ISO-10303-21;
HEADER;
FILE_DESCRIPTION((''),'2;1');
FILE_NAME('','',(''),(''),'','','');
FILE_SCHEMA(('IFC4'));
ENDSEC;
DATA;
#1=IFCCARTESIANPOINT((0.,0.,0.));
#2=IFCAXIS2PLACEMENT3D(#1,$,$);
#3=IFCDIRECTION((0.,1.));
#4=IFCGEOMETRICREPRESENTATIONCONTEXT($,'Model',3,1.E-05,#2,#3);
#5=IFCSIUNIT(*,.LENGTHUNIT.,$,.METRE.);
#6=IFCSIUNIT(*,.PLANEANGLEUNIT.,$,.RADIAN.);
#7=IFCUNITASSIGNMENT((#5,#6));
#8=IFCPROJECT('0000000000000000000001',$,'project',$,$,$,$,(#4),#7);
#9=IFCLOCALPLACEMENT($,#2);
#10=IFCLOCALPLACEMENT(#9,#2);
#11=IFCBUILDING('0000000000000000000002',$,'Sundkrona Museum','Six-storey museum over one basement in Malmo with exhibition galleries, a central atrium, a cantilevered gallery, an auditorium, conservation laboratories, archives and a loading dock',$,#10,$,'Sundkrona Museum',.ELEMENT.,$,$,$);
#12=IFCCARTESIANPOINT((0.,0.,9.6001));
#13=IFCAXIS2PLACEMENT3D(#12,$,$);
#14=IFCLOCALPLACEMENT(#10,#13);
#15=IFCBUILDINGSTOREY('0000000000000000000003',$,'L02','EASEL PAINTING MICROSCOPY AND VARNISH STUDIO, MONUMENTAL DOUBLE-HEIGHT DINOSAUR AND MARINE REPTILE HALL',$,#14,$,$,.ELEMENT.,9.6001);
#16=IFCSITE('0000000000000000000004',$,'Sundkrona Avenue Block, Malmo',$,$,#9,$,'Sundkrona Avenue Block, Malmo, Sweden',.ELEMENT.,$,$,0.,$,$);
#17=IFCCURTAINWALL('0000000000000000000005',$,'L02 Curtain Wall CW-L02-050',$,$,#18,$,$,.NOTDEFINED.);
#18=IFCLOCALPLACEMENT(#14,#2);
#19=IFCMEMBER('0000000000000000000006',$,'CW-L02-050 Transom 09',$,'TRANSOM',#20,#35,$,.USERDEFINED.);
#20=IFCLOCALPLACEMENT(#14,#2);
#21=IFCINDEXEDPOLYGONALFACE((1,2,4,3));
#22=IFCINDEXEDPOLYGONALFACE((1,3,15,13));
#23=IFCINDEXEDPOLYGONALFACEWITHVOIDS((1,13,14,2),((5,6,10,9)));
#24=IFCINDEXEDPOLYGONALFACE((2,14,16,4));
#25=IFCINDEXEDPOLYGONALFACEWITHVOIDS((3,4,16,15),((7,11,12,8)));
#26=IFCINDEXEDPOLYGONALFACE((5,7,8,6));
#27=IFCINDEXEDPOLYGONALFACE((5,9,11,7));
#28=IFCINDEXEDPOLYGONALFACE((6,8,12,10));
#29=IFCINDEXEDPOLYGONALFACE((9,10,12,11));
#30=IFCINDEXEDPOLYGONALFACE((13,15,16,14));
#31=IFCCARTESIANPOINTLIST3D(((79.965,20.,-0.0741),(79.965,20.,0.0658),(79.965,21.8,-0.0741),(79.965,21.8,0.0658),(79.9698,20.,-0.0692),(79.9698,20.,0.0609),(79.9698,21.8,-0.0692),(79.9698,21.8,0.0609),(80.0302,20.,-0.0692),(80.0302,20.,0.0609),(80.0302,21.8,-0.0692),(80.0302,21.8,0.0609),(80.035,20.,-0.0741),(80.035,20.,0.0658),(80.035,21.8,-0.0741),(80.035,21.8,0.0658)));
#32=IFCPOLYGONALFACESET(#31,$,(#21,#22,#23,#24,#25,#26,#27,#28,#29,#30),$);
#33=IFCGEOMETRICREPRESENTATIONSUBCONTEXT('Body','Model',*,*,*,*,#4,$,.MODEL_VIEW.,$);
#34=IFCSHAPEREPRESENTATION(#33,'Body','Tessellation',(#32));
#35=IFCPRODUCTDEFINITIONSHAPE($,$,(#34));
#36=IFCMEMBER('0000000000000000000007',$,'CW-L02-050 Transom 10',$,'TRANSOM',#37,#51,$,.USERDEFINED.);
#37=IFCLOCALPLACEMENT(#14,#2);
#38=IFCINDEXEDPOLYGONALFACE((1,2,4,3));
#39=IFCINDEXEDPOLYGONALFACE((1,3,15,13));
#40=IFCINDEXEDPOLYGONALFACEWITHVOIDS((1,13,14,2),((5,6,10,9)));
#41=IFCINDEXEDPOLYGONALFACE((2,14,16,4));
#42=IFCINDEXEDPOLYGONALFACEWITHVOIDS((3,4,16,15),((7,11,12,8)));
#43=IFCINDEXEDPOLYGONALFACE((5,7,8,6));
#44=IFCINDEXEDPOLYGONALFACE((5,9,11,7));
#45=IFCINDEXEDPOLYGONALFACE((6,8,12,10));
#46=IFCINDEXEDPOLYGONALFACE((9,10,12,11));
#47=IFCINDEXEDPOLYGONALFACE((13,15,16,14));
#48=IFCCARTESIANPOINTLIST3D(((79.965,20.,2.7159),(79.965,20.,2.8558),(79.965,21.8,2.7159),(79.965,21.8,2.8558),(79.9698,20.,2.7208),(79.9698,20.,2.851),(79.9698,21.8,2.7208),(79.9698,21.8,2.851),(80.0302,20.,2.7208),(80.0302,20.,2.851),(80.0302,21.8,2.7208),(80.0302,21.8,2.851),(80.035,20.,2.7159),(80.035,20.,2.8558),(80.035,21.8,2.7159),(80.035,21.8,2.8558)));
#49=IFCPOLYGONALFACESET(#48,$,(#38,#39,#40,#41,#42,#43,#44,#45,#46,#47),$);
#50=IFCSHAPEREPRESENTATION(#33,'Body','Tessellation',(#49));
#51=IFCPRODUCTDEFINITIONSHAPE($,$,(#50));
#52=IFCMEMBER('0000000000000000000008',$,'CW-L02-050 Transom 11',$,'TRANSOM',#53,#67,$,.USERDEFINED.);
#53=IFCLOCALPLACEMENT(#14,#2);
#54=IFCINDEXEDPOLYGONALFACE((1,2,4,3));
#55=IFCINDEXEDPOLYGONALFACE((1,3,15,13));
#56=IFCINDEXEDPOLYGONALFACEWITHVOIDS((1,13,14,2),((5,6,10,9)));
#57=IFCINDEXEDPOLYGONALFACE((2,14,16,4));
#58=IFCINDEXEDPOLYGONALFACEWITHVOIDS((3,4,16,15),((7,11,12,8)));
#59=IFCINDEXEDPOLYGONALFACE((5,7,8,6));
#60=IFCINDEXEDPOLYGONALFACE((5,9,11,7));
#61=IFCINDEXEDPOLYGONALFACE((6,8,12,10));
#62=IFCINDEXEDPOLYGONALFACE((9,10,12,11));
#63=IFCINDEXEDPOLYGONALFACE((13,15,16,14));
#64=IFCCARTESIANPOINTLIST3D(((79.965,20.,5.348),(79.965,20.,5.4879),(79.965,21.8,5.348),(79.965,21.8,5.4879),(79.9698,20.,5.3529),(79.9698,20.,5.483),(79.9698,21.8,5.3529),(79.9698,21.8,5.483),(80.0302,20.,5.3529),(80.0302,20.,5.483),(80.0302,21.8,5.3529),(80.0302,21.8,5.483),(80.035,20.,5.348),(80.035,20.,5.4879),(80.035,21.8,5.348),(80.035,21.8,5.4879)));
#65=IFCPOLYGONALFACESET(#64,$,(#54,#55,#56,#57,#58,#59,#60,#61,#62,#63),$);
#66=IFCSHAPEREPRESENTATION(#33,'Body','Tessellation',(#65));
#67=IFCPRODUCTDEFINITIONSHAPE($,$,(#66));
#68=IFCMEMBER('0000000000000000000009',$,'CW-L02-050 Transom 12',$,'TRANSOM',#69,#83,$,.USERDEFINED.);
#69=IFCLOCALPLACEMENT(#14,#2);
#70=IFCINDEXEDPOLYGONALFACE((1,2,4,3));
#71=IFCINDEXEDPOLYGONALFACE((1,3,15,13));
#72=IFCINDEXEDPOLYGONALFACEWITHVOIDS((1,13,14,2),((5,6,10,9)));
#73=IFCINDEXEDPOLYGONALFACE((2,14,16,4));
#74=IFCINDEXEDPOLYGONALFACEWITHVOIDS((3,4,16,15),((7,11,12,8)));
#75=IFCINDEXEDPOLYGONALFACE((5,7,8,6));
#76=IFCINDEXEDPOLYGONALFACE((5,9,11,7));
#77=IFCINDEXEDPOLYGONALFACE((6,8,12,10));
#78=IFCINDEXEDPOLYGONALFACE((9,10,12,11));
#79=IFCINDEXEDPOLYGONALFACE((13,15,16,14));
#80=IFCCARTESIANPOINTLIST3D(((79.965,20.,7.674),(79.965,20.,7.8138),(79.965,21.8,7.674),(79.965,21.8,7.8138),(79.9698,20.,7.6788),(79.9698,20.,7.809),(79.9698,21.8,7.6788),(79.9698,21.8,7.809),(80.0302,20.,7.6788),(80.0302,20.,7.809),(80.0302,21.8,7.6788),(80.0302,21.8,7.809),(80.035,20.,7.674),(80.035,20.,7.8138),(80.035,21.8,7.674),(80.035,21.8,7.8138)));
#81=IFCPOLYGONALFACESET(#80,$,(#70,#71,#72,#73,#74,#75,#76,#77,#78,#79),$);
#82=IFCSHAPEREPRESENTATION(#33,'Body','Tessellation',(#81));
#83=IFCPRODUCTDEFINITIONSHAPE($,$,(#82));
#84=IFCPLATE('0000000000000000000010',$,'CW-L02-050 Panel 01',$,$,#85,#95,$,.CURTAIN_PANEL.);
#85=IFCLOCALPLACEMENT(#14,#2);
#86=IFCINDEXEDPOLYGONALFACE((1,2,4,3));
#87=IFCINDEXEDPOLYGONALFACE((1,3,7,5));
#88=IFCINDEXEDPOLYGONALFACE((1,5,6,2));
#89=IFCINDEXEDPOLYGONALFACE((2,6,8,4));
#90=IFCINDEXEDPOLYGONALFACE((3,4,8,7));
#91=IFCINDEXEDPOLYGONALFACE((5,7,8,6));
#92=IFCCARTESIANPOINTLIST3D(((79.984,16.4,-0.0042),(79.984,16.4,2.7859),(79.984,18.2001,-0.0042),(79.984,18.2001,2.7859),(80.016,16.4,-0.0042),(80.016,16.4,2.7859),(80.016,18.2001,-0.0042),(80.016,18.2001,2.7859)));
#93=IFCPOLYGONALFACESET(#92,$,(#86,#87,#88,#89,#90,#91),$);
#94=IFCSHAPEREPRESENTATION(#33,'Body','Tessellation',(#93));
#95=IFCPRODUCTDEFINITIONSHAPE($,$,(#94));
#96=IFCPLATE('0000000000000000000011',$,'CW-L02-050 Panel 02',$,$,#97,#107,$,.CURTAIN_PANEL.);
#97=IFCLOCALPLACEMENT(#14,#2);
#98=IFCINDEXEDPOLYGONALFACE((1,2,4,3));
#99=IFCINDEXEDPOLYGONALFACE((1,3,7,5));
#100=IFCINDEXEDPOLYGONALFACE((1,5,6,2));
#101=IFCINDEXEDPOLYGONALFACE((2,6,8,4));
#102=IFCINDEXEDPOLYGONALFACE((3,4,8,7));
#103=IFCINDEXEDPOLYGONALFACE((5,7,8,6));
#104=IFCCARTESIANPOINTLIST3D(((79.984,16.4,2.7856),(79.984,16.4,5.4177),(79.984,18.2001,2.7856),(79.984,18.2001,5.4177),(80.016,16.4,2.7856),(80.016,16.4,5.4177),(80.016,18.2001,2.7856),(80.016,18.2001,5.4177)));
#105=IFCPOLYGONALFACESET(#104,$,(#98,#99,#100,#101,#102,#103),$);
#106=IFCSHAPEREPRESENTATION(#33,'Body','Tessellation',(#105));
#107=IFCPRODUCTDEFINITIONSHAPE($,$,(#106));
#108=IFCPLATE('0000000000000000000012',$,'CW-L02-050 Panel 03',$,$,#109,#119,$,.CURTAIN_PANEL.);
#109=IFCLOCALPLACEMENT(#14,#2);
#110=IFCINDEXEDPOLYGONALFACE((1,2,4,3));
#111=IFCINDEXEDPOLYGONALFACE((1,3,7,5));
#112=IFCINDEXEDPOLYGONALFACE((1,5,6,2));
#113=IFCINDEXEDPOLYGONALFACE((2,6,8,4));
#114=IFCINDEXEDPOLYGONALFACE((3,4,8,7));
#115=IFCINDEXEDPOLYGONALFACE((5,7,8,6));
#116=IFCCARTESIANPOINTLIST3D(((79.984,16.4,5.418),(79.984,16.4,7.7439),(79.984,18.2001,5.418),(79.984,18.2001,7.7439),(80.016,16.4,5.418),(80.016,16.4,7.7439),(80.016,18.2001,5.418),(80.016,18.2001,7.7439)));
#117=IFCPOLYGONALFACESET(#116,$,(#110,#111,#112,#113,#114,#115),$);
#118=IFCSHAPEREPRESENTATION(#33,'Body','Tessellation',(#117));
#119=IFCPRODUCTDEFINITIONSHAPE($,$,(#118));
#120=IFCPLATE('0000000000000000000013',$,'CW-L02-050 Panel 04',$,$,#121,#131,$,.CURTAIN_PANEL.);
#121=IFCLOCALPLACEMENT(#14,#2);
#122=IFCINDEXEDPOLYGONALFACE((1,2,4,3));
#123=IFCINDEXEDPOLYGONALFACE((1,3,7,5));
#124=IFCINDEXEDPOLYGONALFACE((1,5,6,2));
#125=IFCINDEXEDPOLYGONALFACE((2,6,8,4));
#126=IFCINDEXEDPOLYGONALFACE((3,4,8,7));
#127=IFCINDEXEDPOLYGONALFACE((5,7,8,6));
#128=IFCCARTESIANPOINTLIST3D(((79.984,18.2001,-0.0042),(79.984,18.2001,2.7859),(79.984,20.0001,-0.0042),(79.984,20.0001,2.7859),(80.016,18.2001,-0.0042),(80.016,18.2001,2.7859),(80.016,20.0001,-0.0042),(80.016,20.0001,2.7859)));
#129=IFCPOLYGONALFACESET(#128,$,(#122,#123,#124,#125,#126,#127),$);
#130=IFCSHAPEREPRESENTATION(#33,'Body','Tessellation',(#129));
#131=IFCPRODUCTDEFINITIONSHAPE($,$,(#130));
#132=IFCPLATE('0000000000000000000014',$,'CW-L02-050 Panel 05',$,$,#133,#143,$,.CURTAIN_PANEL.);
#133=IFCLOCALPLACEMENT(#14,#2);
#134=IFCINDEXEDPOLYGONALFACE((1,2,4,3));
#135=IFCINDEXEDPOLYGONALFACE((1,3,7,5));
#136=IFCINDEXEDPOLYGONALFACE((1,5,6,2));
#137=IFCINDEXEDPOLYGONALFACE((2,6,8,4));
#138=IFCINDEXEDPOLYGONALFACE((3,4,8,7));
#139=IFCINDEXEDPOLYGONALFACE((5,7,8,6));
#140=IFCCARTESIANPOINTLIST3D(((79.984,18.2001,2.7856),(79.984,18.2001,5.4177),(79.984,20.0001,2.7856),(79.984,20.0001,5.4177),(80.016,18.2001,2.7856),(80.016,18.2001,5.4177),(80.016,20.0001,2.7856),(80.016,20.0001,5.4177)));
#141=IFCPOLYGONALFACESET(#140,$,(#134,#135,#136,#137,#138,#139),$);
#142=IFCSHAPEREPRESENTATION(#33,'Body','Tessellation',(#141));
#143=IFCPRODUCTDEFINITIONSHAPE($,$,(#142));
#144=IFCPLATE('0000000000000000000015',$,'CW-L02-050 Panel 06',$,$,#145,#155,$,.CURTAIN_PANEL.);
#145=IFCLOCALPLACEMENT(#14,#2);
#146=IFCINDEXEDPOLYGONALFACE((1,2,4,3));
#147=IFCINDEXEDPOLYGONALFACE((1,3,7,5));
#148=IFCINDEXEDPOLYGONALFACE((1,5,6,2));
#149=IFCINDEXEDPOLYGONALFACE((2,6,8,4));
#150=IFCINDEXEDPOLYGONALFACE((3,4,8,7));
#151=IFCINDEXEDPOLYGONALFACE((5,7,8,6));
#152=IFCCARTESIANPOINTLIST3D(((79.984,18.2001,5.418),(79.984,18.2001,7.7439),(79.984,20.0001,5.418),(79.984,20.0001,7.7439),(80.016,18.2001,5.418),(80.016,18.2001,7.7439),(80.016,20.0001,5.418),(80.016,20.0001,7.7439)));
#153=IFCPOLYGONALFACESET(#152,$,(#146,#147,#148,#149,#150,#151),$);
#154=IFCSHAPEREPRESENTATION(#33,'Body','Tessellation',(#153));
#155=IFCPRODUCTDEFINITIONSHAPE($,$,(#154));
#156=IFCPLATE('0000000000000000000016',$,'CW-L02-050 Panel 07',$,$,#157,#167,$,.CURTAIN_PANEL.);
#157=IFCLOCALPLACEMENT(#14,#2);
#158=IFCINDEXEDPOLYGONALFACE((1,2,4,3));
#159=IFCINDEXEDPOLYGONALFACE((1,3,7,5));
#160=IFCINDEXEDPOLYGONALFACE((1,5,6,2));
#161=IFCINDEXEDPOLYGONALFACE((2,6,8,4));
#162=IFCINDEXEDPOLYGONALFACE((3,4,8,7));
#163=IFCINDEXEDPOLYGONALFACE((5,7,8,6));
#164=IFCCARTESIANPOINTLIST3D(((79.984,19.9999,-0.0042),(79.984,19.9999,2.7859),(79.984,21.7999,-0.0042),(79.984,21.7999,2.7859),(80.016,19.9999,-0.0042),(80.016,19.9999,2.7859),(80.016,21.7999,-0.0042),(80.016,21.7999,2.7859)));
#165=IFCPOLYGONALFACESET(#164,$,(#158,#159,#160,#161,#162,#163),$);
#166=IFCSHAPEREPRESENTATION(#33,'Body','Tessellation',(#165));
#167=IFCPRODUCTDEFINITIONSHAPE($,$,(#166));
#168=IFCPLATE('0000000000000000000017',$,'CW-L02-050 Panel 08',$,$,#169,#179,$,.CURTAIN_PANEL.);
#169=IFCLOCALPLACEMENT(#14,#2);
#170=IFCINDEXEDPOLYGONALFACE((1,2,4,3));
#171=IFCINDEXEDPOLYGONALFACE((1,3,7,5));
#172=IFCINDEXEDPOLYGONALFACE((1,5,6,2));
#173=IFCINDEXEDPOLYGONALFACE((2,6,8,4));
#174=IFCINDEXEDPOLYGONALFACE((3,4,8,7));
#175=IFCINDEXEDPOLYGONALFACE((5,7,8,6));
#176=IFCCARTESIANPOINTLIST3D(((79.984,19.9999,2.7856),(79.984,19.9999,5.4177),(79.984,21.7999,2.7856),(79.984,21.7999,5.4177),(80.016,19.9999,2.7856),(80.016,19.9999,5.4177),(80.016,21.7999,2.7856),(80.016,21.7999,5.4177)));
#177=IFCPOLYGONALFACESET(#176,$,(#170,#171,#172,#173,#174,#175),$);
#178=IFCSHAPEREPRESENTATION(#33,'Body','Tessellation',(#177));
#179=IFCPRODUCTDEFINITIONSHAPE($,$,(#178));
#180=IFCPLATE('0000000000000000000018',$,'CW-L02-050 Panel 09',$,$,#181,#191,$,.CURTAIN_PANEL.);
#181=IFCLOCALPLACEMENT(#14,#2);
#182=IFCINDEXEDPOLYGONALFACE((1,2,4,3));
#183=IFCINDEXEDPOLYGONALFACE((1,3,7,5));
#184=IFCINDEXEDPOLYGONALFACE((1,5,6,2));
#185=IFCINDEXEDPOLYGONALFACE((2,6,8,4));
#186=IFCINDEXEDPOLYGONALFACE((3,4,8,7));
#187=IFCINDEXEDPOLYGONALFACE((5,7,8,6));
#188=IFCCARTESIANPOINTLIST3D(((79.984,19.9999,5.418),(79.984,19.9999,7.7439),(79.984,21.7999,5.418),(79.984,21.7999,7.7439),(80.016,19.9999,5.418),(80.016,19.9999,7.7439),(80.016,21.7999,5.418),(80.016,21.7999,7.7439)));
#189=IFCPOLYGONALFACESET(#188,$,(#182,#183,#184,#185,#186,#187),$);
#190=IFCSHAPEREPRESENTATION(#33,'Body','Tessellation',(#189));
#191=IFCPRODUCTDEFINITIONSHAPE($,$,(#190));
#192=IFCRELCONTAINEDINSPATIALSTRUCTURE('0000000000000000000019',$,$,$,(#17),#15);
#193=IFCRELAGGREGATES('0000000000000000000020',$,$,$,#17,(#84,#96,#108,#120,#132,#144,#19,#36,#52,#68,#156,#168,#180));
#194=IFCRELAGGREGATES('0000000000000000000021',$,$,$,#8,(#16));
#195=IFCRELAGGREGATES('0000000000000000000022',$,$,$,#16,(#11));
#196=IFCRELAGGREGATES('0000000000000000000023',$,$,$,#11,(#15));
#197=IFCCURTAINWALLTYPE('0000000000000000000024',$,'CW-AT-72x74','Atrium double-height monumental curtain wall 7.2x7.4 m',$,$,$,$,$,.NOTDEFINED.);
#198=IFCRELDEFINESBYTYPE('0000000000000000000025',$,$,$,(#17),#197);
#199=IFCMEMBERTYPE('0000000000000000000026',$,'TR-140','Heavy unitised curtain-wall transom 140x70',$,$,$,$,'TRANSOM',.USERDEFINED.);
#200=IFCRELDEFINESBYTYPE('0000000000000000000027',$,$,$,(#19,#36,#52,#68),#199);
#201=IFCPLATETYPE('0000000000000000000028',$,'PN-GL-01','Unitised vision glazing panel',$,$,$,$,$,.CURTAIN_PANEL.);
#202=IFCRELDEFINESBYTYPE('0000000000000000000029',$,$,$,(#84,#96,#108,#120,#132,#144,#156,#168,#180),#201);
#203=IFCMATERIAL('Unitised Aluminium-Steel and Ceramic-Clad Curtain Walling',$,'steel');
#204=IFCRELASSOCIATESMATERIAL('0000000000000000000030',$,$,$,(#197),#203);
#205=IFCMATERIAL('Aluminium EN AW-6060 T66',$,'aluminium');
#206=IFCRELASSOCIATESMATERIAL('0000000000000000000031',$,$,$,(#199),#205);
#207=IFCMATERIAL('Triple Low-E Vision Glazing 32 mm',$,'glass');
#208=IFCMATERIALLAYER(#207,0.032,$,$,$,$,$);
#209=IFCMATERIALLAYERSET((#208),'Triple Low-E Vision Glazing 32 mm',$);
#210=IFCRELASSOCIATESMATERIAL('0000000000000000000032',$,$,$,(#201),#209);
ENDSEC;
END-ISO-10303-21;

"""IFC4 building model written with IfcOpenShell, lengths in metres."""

from ifc_helpers import new_model, si_unit, direction, frame, origin, origin_2d, place, context, subcontext, project, spatial, rectangle, hollow_rectangle, extrude, material, layer, layer_set, material_profile, profile_set, type_object, element, aggregate, save


model = new_model("IFC4")

# Units and contexts
model_context = context("Model", 3, precision=1e-05, world=origin(), true_north=direction((0.0, 1.0)))
body_context = subcontext(model_context, "Body", "Model", "MODEL_VIEW")
ifc_project = project(units=[si_unit("LENGTHUNIT", "METRE"), si_unit("PLANEANGLEUNIT", "RADIAN")], contexts=[model_context])

# Site, building, storey
site_placement = place(None, origin())
site = spatial("IfcSite", under=ifc_project, at=site_placement, Name="Sundkrona Avenue Block, Malmo", LongName="Sundkrona Avenue Block, Malmo, Sweden", CompositionType="ELEMENT", RefElevation=0.0)
building_placement = place(site_placement, origin())
building = spatial("IfcBuilding", under=site, at=building_placement, Name="Sundkrona Museum", Description="Six-storey museum over one basement in Malmo with exhibition galleries, a central atrium, a cantilevered gallery, an auditorium, conservation laboratories, archives and a loading dock", LongName="Sundkrona Museum", CompositionType="ELEMENT")
storey_placement = place(building_placement, frame((0.0, 0.0, 9.6001)))
storey = spatial("IfcBuildingStorey", under=building, at=storey_placement, Name="L02", Description="EASEL PAINTING MICROSCOPY AND VARNISH STUDIO, MONUMENTAL DOUBLE-HEIGHT DINOSAUR AND MARINE REPTILE HALL", CompositionType="ELEMENT", Elevation=9.6001)

# Curtain wall, members, plates
ifc_material_1 = material(Name="Unitised Aluminium-Steel and Ceramic-Clad Curtain Walling", Category="steel")
curtain_wall_type = type_object("IfcCurtainWallType", Name="CW-AT-72x74", Description="Atrium double-height monumental curtain wall 7.2x7.4 m", PredefinedType="NOTDEFINED", material=ifc_material_1)
curtain_wall_placement = place(storey_placement, origin())
curtain_wall = element("IfcCurtainWall", 1, at=curtain_wall_placement, inside=storey, type_object=curtain_wall_type, Name="L02 Curtain Wall CW-L02-050", PredefinedType="NOTDEFINED")
ifc_material_2 = material(Name="Aluminium EN AW-6060 T66", Category="aluminium")
ifc_material_profile_1 = material_profile(ifc_material_2, hollow_rectangle(XDim=0.0701, YDim=0.1399, WallThickness=0.0049, at=origin_2d()), Name="RHS 140x70x5.0")
ifc_profile_set_1 = profile_set([ifc_material_profile_1], Name="Aluminium EN AW-6060 T66")
member_type_1 = type_object("IfcMemberType", Name="TR-140", Description="Heavy unitised curtain-wall transom 140x70", ElementType="TRANSOM", PredefinedType="USERDEFINED", material=ifc_profile_set_1)
member_1_placement = place(storey_placement, frame((80.0, 20.0, -0.0042), z_axis=(0.0, 1.0, 0.0), x_axis=(-1.0, 0.0, 0.0)))
member_1 = element("IfcMember", 2, at=member_1_placement, type_object=member_type_1, Name="CW-L02-050 Transom 09", ObjectType="TRANSOM", PredefinedType="USERDEFINED", context=body_context, shape_type="SweptSolid", body=[
    extrude(hollow_rectangle(XDim=0.0701, YDim=0.1399, WallThickness=0.0049, at=origin_2d()), origin(), (0.0, 0.0, 1.0), 1.8),
])
member_2_placement = place(storey_placement, frame((80.0, 20.0, 2.7859), z_axis=(0.0, 1.0, 0.0), x_axis=(-1.0, 0.0, 0.0)))
member_2 = element("IfcMember", 3, at=member_2_placement, type_object=member_type_1, Name="CW-L02-050 Transom 10", ObjectType="TRANSOM", PredefinedType="USERDEFINED", context=body_context, shape_type="SweptSolid", body=[
    extrude(hollow_rectangle(XDim=0.0701, YDim=0.1399, WallThickness=0.0049, at=origin_2d()), origin(), (0.0, 0.0, 1.0), 1.8),
])
member_3_placement = place(storey_placement, frame((80.0, 20.0, 5.418), z_axis=(0.0, 1.0, 0.0), x_axis=(-1.0, 0.0, 0.0)))
member_3 = element("IfcMember", 4, at=member_3_placement, type_object=member_type_1, Name="CW-L02-050 Transom 11", ObjectType="TRANSOM", PredefinedType="USERDEFINED", context=body_context, shape_type="SweptSolid", body=[
    extrude(hollow_rectangle(XDim=0.0701, YDim=0.1399, WallThickness=0.0049, at=origin_2d()), origin(), (0.0, 0.0, 1.0), 1.8),
])
member_4_placement = place(storey_placement, frame((80.0, 20.0, 7.7439), z_axis=(0.0, 1.0, 0.0), x_axis=(-1.0, 0.0, 0.0)))
member_4 = element("IfcMember", 5, at=member_4_placement, type_object=member_type_1, Name="CW-L02-050 Transom 12", ObjectType="TRANSOM", PredefinedType="USERDEFINED", context=body_context, shape_type="SweptSolid", body=[
    extrude(hollow_rectangle(XDim=0.0701, YDim=0.1399, WallThickness=0.0049, at=origin_2d()), origin(), (0.0, 0.0, 1.0), 1.8),
])
ifc_material_3 = material(Name="Triple Low-E Vision Glazing 32 mm", Category="glass")
ifc_layer = layer(ifc_material_3, 0.032)
ifc_layer_set = layer_set([ifc_layer], Name="Triple Low-E Vision Glazing 32 mm")
plate_type = type_object("IfcPlateType", Name="PN-GL-01", Description="Unitised vision glazing panel", PredefinedType="CURTAIN_PANEL", material=ifc_layer_set)
plate_1_placement = place(storey_placement, frame((80.0, 17.3, -0.0042), z_axis=(0.0, 0.0, 1.0), x_axis=(0.0, 1.0, 0.0)))
plate_1 = element("IfcPlate", 6, at=plate_1_placement, type_object=plate_type, Name="CW-L02-050 Panel 01", PredefinedType="CURTAIN_PANEL", context=body_context, shape_type="SweptSolid", body=[
    extrude(rectangle(XDim=1.8, YDim=0.032, at=origin_2d()), origin(), (0.0, 0.0, 1.0), 2.79),
])
plate_2_placement = place(storey_placement, frame((80.0, 17.3, 2.7856), z_axis=(0.0, 0.0, 1.0), x_axis=(0.0, 1.0, 0.0)))
plate_2 = element("IfcPlate", 7, at=plate_2_placement, type_object=plate_type, Name="CW-L02-050 Panel 02", PredefinedType="CURTAIN_PANEL", context=body_context, shape_type="SweptSolid", body=[
    extrude(rectangle(XDim=1.8, YDim=0.032, at=origin_2d()), origin(), (0.0, 0.0, 1.0), 2.6321),
])
plate_3_placement = place(storey_placement, frame((80.0, 17.3, 5.418), z_axis=(0.0, 0.0, 1.0), x_axis=(0.0, 1.0, 0.0)))
plate_3 = element("IfcPlate", 8, at=plate_3_placement, type_object=plate_type, Name="CW-L02-050 Panel 03", PredefinedType="CURTAIN_PANEL", context=body_context, shape_type="SweptSolid", body=[
    extrude(rectangle(XDim=1.8, YDim=0.032, at=origin_2d()), origin(), (0.0, 0.0, 1.0), 2.3259),
])
plate_4_placement = place(storey_placement, frame((80.0, 19.1001, -0.0042), z_axis=(0.0, 0.0, 1.0), x_axis=(0.0, 1.0, 0.0)))
plate_4 = element("IfcPlate", 9, at=plate_4_placement, type_object=plate_type, Name="CW-L02-050 Panel 04", PredefinedType="CURTAIN_PANEL", context=body_context, shape_type="SweptSolid", body=[
    extrude(rectangle(XDim=1.8, YDim=0.032, at=origin_2d()), origin(), (0.0, 0.0, 1.0), 2.79),
])
plate_5_placement = place(storey_placement, frame((80.0, 19.1001, 2.7856), z_axis=(0.0, 0.0, 1.0), x_axis=(0.0, 1.0, 0.0)))
plate_5 = element("IfcPlate", 10, at=plate_5_placement, type_object=plate_type, Name="CW-L02-050 Panel 05", PredefinedType="CURTAIN_PANEL", context=body_context, shape_type="SweptSolid", body=[
    extrude(rectangle(XDim=1.8, YDim=0.032, at=origin_2d()), origin(), (0.0, 0.0, 1.0), 2.6321),
])
plate_6_placement = place(storey_placement, frame((80.0, 19.1001, 5.418), z_axis=(0.0, 0.0, 1.0), x_axis=(0.0, 1.0, 0.0)))
plate_6 = element("IfcPlate", 11, at=plate_6_placement, type_object=plate_type, Name="CW-L02-050 Panel 06", PredefinedType="CURTAIN_PANEL", context=body_context, shape_type="SweptSolid", body=[
    extrude(rectangle(XDim=1.8, YDim=0.032, at=origin_2d()), origin(), (0.0, 0.0, 1.0), 2.3259),
])
plate_7_placement = place(storey_placement, frame((80.0, 20.8999, -0.0042), z_axis=(0.0, 0.0, 1.0), x_axis=(0.0, 1.0, 0.0)))
plate_7 = element("IfcPlate", 12, at=plate_7_placement, type_object=plate_type, Name="CW-L02-050 Panel 07", PredefinedType="CURTAIN_PANEL", context=body_context, shape_type="SweptSolid", body=[
    extrude(rectangle(XDim=1.8, YDim=0.032, at=origin_2d()), origin(), (0.0, 0.0, 1.0), 2.79),
])
plate_8_placement = place(storey_placement, frame((80.0, 20.8999, 2.7856), z_axis=(0.0, 0.0, 1.0), x_axis=(0.0, 1.0, 0.0)))
plate_8 = element("IfcPlate", 13, at=plate_8_placement, type_object=plate_type, Name="CW-L02-050 Panel 08", PredefinedType="CURTAIN_PANEL", context=body_context, shape_type="SweptSolid", body=[
    extrude(rectangle(XDim=1.8, YDim=0.032, at=origin_2d()), origin(), (0.0, 0.0, 1.0), 2.6321),
])
plate_9_placement = place(storey_placement, frame((80.0, 20.8999, 5.418), z_axis=(0.0, 0.0, 1.0), x_axis=(0.0, 1.0, 0.0)))
plate_9 = element("IfcPlate", 14, at=plate_9_placement, type_object=plate_type, Name="CW-L02-050 Panel 09", PredefinedType="CURTAIN_PANEL", context=body_context, shape_type="SweptSolid", body=[
    extrude(rectangle(XDim=1.8, YDim=0.032, at=origin_2d()), origin(), (0.0, 0.0, 1.0), 2.3259),
])
aggregate(curtain_wall, [plate_1, plate_2, plate_3, plate_4, plate_5, plate_6, member_1, member_2, member_3, member_4, plate_7, plate_8, plate_9])

save(model, "model.ifc")
